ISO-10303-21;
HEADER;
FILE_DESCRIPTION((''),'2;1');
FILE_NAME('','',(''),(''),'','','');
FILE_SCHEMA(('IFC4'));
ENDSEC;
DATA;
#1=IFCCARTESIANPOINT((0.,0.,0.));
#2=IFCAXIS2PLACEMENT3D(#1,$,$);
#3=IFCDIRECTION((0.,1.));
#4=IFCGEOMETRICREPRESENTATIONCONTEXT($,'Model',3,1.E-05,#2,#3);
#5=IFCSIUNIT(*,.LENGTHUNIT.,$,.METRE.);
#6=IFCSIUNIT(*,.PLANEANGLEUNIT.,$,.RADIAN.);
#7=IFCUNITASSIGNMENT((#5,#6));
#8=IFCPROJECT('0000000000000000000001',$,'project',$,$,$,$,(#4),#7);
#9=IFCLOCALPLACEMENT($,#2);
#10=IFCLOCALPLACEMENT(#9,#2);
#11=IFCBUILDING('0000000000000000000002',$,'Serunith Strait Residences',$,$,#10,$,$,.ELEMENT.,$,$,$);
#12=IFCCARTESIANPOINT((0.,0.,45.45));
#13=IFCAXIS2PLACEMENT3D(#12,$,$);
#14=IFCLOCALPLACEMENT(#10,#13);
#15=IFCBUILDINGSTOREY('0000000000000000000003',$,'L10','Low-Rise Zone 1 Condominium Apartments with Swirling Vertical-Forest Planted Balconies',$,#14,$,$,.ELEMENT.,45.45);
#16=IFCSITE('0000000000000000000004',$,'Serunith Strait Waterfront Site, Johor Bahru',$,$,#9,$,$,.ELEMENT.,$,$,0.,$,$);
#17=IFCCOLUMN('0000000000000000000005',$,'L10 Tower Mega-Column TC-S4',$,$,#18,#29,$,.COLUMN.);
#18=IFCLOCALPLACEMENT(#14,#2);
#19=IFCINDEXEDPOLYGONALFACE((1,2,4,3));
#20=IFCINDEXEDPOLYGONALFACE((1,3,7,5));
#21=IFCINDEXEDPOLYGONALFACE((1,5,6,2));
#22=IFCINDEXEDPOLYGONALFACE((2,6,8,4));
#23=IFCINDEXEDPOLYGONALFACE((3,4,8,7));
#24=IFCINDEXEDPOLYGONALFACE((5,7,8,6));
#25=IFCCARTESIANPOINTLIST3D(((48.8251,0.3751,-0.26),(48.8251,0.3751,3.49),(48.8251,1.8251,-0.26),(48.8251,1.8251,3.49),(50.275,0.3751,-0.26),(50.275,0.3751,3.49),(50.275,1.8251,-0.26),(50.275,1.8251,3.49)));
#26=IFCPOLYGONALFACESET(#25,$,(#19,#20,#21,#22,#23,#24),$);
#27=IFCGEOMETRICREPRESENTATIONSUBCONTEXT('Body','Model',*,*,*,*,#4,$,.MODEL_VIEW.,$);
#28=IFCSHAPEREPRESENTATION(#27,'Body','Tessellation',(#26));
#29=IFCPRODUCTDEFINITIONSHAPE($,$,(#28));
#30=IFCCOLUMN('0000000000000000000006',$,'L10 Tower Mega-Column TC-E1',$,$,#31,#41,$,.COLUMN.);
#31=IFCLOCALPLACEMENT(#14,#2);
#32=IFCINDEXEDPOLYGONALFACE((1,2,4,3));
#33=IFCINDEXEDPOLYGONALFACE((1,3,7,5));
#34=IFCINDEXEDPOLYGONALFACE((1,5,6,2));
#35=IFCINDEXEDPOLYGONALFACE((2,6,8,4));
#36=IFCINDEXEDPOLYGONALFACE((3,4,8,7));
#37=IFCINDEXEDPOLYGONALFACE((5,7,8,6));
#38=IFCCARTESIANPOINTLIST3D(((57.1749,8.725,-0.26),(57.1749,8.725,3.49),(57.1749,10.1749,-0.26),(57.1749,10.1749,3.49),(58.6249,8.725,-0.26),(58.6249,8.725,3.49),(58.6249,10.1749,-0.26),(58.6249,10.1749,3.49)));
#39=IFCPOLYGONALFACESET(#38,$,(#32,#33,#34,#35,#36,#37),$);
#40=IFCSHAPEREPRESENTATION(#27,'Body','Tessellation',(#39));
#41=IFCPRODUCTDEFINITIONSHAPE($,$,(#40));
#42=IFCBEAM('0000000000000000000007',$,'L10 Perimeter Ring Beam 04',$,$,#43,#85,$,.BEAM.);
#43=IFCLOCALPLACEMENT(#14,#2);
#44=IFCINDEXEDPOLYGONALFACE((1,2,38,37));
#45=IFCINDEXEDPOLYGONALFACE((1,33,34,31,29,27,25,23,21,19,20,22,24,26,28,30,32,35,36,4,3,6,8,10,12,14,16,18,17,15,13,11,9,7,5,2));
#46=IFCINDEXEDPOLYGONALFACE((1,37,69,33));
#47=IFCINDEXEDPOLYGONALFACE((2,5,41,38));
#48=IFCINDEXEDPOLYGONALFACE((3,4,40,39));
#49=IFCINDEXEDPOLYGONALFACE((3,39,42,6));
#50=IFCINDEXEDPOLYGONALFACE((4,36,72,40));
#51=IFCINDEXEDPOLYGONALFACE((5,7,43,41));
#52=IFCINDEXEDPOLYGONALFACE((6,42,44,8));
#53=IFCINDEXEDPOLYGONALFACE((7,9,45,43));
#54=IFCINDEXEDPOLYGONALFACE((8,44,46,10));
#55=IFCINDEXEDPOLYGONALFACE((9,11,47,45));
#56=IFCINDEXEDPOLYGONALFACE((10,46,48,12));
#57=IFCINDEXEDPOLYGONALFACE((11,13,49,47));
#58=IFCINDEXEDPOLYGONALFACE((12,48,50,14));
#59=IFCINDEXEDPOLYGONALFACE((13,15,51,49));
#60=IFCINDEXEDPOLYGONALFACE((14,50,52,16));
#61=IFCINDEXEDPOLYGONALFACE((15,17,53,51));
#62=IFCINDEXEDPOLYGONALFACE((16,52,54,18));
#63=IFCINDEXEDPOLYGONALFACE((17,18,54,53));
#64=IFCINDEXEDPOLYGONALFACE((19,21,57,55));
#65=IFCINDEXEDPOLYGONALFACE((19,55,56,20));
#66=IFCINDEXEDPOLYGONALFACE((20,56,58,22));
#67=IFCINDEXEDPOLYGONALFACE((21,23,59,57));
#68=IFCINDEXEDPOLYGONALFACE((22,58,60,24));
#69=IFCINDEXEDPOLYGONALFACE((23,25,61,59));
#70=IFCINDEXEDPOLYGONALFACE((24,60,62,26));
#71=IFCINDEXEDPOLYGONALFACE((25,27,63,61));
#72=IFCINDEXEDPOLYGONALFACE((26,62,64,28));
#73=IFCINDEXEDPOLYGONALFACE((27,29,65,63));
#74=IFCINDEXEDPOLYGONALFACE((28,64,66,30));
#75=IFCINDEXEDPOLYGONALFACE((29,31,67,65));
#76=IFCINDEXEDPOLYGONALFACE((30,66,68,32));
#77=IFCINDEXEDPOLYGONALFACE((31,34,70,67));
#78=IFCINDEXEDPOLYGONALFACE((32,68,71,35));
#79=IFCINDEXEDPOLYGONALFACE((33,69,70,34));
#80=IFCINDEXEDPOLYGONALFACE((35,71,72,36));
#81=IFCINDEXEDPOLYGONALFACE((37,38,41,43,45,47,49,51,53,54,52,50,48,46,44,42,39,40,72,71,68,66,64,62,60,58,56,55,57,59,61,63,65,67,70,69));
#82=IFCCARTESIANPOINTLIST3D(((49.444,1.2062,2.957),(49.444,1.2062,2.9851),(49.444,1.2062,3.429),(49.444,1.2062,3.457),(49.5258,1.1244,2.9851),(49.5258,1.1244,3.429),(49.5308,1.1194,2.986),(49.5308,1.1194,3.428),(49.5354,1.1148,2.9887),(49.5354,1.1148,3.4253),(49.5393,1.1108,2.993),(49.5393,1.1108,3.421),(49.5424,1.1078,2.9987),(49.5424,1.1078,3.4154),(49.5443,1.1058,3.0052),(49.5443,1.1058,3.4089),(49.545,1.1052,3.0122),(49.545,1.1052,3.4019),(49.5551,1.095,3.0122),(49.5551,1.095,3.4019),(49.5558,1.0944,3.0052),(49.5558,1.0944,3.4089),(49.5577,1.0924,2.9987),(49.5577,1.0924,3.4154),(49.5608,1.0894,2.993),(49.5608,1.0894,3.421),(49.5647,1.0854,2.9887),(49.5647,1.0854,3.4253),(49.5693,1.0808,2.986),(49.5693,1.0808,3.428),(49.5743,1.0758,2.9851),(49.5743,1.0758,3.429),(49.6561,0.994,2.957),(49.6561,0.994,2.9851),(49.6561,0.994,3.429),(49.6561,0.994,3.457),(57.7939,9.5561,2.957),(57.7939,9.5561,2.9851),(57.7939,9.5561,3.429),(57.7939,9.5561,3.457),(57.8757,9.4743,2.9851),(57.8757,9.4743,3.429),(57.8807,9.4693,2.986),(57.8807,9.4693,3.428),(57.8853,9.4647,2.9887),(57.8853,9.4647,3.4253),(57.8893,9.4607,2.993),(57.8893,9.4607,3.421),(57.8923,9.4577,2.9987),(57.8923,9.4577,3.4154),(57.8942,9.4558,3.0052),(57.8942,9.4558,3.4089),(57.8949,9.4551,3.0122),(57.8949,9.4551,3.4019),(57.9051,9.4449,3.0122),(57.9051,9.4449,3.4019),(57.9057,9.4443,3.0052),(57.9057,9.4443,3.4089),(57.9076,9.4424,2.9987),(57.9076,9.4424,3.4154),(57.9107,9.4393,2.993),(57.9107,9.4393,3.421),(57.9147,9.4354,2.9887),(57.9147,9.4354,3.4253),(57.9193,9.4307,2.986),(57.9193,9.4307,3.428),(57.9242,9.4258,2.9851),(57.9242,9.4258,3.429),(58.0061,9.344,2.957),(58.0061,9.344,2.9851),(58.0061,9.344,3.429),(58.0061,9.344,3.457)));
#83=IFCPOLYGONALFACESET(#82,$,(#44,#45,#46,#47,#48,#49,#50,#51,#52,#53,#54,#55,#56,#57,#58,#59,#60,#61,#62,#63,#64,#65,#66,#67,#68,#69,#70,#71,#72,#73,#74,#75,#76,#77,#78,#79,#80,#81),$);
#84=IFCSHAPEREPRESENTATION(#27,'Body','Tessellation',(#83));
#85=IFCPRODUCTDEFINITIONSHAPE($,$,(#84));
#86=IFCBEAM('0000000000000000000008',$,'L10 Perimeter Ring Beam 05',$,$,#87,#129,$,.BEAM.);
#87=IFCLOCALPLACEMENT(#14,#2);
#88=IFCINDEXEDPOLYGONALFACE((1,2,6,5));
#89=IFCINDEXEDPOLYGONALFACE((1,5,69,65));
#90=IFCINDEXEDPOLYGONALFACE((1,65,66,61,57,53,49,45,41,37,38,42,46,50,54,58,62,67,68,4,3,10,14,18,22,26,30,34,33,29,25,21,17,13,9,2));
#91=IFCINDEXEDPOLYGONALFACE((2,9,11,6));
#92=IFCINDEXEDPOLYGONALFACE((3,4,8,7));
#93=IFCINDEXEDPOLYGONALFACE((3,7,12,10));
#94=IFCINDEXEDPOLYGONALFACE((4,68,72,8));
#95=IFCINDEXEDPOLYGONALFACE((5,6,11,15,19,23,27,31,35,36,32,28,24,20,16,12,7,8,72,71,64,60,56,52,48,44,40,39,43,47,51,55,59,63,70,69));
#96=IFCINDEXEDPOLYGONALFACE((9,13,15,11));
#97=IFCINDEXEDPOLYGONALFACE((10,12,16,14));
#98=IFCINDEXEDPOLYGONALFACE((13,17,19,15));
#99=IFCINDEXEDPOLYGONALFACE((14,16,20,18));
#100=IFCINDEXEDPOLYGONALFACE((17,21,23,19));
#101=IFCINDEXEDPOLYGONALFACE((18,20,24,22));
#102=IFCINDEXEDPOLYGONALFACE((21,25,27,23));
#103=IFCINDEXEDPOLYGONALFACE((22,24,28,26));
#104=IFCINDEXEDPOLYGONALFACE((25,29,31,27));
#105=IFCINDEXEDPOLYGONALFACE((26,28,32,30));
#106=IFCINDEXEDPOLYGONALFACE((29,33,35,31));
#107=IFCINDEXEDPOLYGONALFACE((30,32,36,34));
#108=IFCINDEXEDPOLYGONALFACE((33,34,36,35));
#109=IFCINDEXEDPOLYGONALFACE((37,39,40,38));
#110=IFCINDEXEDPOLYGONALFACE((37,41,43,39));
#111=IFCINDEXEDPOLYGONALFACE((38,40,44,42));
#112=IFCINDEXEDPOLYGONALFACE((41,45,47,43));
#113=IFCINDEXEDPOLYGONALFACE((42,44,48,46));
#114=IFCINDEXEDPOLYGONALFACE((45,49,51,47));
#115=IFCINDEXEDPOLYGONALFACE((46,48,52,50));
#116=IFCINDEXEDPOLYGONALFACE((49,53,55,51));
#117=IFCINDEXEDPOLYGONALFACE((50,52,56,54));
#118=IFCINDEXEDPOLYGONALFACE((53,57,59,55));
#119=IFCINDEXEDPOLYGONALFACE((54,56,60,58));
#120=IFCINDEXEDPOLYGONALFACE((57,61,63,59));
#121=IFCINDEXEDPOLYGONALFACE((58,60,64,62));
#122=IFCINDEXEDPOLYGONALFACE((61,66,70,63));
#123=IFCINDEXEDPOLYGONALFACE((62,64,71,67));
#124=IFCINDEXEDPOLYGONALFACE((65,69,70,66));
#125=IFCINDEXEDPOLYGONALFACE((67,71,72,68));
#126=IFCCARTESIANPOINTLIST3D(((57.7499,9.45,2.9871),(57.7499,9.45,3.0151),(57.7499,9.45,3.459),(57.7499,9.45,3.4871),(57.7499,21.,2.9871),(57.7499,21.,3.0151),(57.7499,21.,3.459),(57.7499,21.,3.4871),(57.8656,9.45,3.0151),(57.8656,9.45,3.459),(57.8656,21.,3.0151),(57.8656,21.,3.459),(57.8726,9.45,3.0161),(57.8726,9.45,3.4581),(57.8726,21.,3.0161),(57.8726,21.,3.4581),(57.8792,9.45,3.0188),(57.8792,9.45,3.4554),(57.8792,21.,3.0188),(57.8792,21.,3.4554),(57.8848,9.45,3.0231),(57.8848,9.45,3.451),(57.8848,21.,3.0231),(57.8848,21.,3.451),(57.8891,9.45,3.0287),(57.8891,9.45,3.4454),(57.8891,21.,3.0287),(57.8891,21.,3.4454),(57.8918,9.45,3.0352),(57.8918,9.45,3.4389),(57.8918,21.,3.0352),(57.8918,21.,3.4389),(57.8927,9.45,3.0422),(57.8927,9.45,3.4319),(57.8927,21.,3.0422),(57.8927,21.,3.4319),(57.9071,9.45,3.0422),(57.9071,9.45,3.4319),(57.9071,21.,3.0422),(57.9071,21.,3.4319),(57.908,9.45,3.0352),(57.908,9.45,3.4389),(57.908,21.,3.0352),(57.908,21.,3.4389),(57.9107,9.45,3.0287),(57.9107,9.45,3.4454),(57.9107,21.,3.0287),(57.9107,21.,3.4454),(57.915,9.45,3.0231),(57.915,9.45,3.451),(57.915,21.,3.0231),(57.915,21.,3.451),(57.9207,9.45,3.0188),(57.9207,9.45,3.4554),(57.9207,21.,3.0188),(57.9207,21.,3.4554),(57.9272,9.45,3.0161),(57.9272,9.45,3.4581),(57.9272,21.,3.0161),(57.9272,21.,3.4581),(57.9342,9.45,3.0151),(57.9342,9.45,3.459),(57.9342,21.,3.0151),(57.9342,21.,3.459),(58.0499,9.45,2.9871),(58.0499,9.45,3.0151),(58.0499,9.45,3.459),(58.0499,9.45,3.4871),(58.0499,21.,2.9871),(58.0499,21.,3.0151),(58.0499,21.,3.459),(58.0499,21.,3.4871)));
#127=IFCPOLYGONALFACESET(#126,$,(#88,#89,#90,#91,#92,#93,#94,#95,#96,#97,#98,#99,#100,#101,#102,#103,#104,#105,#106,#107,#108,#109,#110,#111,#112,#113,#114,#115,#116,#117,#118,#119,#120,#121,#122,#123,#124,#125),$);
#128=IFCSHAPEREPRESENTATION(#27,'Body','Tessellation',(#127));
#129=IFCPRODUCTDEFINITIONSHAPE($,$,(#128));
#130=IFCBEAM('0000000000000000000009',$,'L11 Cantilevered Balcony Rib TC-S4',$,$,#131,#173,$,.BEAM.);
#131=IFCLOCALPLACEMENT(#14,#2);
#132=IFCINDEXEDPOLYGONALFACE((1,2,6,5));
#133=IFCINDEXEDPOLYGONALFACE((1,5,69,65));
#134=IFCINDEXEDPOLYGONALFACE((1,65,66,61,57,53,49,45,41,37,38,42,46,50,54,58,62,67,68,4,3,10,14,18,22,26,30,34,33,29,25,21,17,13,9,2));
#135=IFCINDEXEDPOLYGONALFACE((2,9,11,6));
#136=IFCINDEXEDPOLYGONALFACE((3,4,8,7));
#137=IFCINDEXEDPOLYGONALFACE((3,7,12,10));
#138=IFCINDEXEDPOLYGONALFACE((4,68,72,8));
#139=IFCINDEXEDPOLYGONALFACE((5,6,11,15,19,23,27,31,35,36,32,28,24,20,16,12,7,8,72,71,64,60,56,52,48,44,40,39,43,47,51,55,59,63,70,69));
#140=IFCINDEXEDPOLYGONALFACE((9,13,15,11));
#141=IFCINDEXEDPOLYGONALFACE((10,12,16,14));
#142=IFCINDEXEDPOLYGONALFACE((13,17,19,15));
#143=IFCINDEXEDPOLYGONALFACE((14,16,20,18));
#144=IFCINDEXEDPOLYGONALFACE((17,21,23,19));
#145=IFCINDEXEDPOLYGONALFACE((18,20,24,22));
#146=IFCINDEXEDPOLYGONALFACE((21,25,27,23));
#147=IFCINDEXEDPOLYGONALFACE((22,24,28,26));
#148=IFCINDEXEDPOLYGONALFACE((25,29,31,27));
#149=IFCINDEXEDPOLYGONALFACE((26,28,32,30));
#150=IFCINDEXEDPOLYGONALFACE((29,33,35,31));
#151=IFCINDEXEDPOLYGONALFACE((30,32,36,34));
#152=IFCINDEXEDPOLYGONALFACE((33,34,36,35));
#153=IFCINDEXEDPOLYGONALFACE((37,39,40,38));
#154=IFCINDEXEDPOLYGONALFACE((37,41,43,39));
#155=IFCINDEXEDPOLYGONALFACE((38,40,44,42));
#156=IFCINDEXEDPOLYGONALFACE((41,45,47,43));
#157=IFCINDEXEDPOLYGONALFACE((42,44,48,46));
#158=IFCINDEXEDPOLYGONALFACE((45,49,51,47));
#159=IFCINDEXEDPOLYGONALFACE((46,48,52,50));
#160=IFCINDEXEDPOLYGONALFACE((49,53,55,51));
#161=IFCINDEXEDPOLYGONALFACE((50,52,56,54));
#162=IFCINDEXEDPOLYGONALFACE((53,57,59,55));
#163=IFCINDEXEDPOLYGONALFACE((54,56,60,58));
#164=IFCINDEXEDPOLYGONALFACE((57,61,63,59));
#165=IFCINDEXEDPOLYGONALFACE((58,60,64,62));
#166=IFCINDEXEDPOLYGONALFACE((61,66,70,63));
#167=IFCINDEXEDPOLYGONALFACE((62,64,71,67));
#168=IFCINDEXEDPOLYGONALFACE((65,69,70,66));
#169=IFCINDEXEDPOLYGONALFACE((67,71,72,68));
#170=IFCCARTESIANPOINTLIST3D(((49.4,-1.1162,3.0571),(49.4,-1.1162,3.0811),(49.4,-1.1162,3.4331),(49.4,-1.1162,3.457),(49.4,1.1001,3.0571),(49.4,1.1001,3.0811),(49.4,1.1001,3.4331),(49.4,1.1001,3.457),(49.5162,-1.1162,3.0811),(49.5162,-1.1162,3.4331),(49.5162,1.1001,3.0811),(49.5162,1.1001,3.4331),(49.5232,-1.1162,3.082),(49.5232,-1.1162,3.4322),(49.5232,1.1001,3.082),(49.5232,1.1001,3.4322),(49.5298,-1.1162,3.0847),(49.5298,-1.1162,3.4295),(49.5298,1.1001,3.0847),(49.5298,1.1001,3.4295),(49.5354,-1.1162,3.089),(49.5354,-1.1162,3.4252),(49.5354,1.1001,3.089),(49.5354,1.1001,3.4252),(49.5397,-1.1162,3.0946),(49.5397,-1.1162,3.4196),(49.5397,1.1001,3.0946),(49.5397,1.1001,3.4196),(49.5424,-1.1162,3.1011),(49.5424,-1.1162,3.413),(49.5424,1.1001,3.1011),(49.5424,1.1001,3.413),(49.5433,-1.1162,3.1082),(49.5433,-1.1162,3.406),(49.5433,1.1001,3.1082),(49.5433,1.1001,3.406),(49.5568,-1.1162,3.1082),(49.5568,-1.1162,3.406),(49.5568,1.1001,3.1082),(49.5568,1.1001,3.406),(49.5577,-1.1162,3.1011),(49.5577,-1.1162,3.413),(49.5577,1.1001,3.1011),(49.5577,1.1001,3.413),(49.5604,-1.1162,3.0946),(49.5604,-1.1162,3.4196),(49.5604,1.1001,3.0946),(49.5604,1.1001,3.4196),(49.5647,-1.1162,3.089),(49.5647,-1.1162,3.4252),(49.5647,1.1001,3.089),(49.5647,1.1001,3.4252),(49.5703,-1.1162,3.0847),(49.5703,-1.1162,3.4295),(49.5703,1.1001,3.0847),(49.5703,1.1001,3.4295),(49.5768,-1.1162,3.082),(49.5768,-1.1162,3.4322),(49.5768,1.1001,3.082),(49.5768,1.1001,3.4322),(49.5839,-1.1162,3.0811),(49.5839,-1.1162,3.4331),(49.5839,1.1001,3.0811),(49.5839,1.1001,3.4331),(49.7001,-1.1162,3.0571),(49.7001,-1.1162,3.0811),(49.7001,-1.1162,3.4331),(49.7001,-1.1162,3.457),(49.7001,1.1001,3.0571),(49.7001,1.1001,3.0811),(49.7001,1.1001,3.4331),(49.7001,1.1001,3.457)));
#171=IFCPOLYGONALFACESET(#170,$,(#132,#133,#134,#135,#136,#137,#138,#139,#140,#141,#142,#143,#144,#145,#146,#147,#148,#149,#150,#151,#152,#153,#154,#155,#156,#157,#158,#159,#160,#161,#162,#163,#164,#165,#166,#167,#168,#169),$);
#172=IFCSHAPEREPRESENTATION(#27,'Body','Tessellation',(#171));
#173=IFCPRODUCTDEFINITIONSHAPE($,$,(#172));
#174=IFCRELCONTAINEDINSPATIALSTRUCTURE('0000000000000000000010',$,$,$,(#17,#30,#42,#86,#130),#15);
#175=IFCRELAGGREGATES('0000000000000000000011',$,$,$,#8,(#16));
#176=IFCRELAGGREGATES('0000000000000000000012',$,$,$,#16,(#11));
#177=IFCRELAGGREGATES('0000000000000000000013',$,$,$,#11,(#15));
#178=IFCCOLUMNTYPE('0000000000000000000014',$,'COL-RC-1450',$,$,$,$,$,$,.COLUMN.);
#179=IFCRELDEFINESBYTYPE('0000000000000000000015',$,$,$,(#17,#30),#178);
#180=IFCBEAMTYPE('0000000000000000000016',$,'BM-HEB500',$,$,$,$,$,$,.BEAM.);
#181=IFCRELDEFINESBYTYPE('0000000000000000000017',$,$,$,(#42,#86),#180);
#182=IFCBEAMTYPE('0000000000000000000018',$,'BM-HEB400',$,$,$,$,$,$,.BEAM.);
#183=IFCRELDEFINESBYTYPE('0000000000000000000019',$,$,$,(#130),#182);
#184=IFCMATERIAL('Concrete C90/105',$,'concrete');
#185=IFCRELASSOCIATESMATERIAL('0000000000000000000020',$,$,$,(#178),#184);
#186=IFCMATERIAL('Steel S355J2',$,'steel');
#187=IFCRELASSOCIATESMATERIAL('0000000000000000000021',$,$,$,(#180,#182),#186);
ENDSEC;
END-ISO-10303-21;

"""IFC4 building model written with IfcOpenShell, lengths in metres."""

from ifc_helpers import new_model, si_unit, direction, frame, origin, origin_2d, place, context, subcontext, project, spatial, rectangle, i_section, extrude, source, transform, mapped, material, material_profile, profile_set, type_object, element, save


model = new_model("IFC4")

# Units and contexts
model_context = context("Model", 3, precision=1e-05, world=origin(), true_north=direction((0.0, 1.0)))
body_context = subcontext(model_context, "Body", "Model", "MODEL_VIEW")
ifc_project = project(units=[si_unit("LENGTHUNIT", "METRE"), si_unit("PLANEANGLEUNIT", "RADIAN")], contexts=[model_context])

# Site, building, storey
site_placement = place(None, origin())
site = spatial("IfcSite", under=ifc_project, at=site_placement, Name="Serunith Strait Waterfront Site, Johor Bahru", CompositionType="ELEMENT", RefElevation=0.0)
building_placement = place(site_placement, origin())
building = spatial("IfcBuilding", under=site, at=building_placement, Name="Serunith Strait Residences", CompositionType="ELEMENT")
storey_placement = place(building_placement, frame((0.0, 0.0, 45.45)))
storey = spatial("IfcBuildingStorey", under=building, at=storey_placement, Name="L10", Description="Low-Rise Zone 1 Condominium Apartments with Swirling Vertical-Forest Planted Balconies", CompositionType="ELEMENT", Elevation=45.45)

# Columns
ifc_material_1 = material(Name="Concrete C90/105", Category="concrete")
ifc_material_profile_1 = material_profile(ifc_material_1, rectangle(XDim=1.45, YDim=1.45, at=origin_2d()), Name="RC 1450x1450")
ifc_profile_set_1 = profile_set([ifc_material_profile_1], Name="Concrete C90/105")
column_type = type_object("IfcColumnType", Name="COL-RC-1450", PredefinedType="COLUMN", material=ifc_profile_set_1)
shared_shape_1 = source(origin(), body_context, "Body", "SweptSolid", [
    extrude(rectangle(XDim=1.45, YDim=1.45, at=origin_2d()), origin(), (0.0, 0.0, 1.0), 3.75),
])
for number, where, z_axis, x_axis, name in (
    (1, (49.55, 1.1001, -0.26), (0.0, 0.0, 1.0), (1.0, 0.0, 0.0), "L10 Tower Mega-Column TC-S4"),
    (2, (57.8999, 9.45, -0.26), (0.0, 0.0, 1.0), (1.0, 0.0, 0.0), "L10 Tower Mega-Column TC-E1"),
):
    element("IfcColumn", number, at=place(storey_placement, frame(where, z_axis=z_axis, x_axis=x_axis)), inside=storey, type_object=column_type, Name=name, PredefinedType="COLUMN", context=body_context, shape_type="MappedRepresentation", body=[
        mapped(shared_shape_1, transform((0.0, 0.0, 0.0), scale=1.0)),
    ])

# Beams
ifc_material_2 = material(Name="Steel S355J2", Category="steel")
ifc_material_profile_2 = material_profile(ifc_material_2, i_section(OverallWidth=0.3, OverallDepth=0.5, WebThickness=0.0144, FlangeThickness=0.0281, FilletRadius=0.0271, at=origin_2d()), Name="HEB 500")
ifc_profile_set_2 = profile_set([ifc_material_profile_2], Name="Steel S355J2")
beam_type_1 = type_object("IfcBeamType", Name="BM-HEB500", PredefinedType="BEAM", material=ifc_profile_set_2)
shared_shape_2 = source(origin(), body_context, "Body", "SweptSolid", [
    extrude(i_section(OverallWidth=0.3, OverallDepth=0.5, WebThickness=0.0144, FlangeThickness=0.0281, FilletRadius=0.0271, at=origin_2d()), origin(), (0.0, 0.0, 1.0), 11.8086),
])
beam_1_placement = place(storey_placement, frame((49.55, 1.1001, 3.207), z_axis=(0.707107, 0.707107, 0.0), x_axis=(-0.707107, 0.707107, 0.0)))
element("IfcBeam", 3, at=beam_1_placement, inside=storey, type_object=beam_type_1, Name="L10 Perimeter Ring Beam 04", PredefinedType="BEAM", context=body_context, shape_type="MappedRepresentation", body=[
    mapped(shared_shape_2, transform((0.0, 0.0, 0.0), scale=1.0)),
])
shared_shape_3 = source(origin(), body_context, "Body", "SweptSolid", [
    extrude(i_section(OverallWidth=0.3, OverallDepth=0.5, WebThickness=0.0144, FlangeThickness=0.0281, FilletRadius=0.0271, at=origin_2d()), origin(), (0.0, 0.0, 1.0), 11.55),
])
beam_2_placement = place(storey_placement, frame((57.8999, 9.45, 3.2371), z_axis=(0.0, 1.0, 0.0), x_axis=(-1.0, 0.0, 0.0)))
element("IfcBeam", 4, at=beam_2_placement, inside=storey, type_object=beam_type_1, Name="L10 Perimeter Ring Beam 05", PredefinedType="BEAM", context=body_context, shape_type="MappedRepresentation", body=[
    mapped(shared_shape_3, transform((0.0, 0.0, 0.0), scale=1.0)),
])
ifc_material_profile_3 = material_profile(ifc_material_2, i_section(OverallWidth=0.3, OverallDepth=0.3999, WebThickness=0.0134, FlangeThickness=0.0239, FilletRadius=0.0271, at=origin_2d()), Name="HEB 400")
ifc_profile_set_3 = profile_set([ifc_material_profile_3], Name="Steel S355J2")
beam_type_2 = type_object("IfcBeamType", Name="BM-HEB400", PredefinedType="BEAM", material=ifc_profile_set_3)
shared_shape_4 = source(origin(), body_context, "Body", "SweptSolid", [
    extrude(i_section(OverallWidth=0.3, OverallDepth=0.3999, WebThickness=0.0134, FlangeThickness=0.0239, FilletRadius=0.0271, at=origin_2d()), origin(), (0.0, 0.0, 1.0), 2.2163),
])
beam_3_placement = place(storey_placement, frame((49.55, 1.1001, 3.2571), z_axis=(0.0, -1.0, 0.0), x_axis=(1.0, 0.0, 0.0)))
element("IfcBeam", 5, at=beam_3_placement, inside=storey, type_object=beam_type_2, Name="L11 Cantilevered Balcony Rib TC-S4", PredefinedType="BEAM", context=body_context, shape_type="MappedRepresentation", body=[
    mapped(shared_shape_4, transform((0.0, 0.0, 0.0), scale=1.0)),
])

save(model, "model.ifc")
